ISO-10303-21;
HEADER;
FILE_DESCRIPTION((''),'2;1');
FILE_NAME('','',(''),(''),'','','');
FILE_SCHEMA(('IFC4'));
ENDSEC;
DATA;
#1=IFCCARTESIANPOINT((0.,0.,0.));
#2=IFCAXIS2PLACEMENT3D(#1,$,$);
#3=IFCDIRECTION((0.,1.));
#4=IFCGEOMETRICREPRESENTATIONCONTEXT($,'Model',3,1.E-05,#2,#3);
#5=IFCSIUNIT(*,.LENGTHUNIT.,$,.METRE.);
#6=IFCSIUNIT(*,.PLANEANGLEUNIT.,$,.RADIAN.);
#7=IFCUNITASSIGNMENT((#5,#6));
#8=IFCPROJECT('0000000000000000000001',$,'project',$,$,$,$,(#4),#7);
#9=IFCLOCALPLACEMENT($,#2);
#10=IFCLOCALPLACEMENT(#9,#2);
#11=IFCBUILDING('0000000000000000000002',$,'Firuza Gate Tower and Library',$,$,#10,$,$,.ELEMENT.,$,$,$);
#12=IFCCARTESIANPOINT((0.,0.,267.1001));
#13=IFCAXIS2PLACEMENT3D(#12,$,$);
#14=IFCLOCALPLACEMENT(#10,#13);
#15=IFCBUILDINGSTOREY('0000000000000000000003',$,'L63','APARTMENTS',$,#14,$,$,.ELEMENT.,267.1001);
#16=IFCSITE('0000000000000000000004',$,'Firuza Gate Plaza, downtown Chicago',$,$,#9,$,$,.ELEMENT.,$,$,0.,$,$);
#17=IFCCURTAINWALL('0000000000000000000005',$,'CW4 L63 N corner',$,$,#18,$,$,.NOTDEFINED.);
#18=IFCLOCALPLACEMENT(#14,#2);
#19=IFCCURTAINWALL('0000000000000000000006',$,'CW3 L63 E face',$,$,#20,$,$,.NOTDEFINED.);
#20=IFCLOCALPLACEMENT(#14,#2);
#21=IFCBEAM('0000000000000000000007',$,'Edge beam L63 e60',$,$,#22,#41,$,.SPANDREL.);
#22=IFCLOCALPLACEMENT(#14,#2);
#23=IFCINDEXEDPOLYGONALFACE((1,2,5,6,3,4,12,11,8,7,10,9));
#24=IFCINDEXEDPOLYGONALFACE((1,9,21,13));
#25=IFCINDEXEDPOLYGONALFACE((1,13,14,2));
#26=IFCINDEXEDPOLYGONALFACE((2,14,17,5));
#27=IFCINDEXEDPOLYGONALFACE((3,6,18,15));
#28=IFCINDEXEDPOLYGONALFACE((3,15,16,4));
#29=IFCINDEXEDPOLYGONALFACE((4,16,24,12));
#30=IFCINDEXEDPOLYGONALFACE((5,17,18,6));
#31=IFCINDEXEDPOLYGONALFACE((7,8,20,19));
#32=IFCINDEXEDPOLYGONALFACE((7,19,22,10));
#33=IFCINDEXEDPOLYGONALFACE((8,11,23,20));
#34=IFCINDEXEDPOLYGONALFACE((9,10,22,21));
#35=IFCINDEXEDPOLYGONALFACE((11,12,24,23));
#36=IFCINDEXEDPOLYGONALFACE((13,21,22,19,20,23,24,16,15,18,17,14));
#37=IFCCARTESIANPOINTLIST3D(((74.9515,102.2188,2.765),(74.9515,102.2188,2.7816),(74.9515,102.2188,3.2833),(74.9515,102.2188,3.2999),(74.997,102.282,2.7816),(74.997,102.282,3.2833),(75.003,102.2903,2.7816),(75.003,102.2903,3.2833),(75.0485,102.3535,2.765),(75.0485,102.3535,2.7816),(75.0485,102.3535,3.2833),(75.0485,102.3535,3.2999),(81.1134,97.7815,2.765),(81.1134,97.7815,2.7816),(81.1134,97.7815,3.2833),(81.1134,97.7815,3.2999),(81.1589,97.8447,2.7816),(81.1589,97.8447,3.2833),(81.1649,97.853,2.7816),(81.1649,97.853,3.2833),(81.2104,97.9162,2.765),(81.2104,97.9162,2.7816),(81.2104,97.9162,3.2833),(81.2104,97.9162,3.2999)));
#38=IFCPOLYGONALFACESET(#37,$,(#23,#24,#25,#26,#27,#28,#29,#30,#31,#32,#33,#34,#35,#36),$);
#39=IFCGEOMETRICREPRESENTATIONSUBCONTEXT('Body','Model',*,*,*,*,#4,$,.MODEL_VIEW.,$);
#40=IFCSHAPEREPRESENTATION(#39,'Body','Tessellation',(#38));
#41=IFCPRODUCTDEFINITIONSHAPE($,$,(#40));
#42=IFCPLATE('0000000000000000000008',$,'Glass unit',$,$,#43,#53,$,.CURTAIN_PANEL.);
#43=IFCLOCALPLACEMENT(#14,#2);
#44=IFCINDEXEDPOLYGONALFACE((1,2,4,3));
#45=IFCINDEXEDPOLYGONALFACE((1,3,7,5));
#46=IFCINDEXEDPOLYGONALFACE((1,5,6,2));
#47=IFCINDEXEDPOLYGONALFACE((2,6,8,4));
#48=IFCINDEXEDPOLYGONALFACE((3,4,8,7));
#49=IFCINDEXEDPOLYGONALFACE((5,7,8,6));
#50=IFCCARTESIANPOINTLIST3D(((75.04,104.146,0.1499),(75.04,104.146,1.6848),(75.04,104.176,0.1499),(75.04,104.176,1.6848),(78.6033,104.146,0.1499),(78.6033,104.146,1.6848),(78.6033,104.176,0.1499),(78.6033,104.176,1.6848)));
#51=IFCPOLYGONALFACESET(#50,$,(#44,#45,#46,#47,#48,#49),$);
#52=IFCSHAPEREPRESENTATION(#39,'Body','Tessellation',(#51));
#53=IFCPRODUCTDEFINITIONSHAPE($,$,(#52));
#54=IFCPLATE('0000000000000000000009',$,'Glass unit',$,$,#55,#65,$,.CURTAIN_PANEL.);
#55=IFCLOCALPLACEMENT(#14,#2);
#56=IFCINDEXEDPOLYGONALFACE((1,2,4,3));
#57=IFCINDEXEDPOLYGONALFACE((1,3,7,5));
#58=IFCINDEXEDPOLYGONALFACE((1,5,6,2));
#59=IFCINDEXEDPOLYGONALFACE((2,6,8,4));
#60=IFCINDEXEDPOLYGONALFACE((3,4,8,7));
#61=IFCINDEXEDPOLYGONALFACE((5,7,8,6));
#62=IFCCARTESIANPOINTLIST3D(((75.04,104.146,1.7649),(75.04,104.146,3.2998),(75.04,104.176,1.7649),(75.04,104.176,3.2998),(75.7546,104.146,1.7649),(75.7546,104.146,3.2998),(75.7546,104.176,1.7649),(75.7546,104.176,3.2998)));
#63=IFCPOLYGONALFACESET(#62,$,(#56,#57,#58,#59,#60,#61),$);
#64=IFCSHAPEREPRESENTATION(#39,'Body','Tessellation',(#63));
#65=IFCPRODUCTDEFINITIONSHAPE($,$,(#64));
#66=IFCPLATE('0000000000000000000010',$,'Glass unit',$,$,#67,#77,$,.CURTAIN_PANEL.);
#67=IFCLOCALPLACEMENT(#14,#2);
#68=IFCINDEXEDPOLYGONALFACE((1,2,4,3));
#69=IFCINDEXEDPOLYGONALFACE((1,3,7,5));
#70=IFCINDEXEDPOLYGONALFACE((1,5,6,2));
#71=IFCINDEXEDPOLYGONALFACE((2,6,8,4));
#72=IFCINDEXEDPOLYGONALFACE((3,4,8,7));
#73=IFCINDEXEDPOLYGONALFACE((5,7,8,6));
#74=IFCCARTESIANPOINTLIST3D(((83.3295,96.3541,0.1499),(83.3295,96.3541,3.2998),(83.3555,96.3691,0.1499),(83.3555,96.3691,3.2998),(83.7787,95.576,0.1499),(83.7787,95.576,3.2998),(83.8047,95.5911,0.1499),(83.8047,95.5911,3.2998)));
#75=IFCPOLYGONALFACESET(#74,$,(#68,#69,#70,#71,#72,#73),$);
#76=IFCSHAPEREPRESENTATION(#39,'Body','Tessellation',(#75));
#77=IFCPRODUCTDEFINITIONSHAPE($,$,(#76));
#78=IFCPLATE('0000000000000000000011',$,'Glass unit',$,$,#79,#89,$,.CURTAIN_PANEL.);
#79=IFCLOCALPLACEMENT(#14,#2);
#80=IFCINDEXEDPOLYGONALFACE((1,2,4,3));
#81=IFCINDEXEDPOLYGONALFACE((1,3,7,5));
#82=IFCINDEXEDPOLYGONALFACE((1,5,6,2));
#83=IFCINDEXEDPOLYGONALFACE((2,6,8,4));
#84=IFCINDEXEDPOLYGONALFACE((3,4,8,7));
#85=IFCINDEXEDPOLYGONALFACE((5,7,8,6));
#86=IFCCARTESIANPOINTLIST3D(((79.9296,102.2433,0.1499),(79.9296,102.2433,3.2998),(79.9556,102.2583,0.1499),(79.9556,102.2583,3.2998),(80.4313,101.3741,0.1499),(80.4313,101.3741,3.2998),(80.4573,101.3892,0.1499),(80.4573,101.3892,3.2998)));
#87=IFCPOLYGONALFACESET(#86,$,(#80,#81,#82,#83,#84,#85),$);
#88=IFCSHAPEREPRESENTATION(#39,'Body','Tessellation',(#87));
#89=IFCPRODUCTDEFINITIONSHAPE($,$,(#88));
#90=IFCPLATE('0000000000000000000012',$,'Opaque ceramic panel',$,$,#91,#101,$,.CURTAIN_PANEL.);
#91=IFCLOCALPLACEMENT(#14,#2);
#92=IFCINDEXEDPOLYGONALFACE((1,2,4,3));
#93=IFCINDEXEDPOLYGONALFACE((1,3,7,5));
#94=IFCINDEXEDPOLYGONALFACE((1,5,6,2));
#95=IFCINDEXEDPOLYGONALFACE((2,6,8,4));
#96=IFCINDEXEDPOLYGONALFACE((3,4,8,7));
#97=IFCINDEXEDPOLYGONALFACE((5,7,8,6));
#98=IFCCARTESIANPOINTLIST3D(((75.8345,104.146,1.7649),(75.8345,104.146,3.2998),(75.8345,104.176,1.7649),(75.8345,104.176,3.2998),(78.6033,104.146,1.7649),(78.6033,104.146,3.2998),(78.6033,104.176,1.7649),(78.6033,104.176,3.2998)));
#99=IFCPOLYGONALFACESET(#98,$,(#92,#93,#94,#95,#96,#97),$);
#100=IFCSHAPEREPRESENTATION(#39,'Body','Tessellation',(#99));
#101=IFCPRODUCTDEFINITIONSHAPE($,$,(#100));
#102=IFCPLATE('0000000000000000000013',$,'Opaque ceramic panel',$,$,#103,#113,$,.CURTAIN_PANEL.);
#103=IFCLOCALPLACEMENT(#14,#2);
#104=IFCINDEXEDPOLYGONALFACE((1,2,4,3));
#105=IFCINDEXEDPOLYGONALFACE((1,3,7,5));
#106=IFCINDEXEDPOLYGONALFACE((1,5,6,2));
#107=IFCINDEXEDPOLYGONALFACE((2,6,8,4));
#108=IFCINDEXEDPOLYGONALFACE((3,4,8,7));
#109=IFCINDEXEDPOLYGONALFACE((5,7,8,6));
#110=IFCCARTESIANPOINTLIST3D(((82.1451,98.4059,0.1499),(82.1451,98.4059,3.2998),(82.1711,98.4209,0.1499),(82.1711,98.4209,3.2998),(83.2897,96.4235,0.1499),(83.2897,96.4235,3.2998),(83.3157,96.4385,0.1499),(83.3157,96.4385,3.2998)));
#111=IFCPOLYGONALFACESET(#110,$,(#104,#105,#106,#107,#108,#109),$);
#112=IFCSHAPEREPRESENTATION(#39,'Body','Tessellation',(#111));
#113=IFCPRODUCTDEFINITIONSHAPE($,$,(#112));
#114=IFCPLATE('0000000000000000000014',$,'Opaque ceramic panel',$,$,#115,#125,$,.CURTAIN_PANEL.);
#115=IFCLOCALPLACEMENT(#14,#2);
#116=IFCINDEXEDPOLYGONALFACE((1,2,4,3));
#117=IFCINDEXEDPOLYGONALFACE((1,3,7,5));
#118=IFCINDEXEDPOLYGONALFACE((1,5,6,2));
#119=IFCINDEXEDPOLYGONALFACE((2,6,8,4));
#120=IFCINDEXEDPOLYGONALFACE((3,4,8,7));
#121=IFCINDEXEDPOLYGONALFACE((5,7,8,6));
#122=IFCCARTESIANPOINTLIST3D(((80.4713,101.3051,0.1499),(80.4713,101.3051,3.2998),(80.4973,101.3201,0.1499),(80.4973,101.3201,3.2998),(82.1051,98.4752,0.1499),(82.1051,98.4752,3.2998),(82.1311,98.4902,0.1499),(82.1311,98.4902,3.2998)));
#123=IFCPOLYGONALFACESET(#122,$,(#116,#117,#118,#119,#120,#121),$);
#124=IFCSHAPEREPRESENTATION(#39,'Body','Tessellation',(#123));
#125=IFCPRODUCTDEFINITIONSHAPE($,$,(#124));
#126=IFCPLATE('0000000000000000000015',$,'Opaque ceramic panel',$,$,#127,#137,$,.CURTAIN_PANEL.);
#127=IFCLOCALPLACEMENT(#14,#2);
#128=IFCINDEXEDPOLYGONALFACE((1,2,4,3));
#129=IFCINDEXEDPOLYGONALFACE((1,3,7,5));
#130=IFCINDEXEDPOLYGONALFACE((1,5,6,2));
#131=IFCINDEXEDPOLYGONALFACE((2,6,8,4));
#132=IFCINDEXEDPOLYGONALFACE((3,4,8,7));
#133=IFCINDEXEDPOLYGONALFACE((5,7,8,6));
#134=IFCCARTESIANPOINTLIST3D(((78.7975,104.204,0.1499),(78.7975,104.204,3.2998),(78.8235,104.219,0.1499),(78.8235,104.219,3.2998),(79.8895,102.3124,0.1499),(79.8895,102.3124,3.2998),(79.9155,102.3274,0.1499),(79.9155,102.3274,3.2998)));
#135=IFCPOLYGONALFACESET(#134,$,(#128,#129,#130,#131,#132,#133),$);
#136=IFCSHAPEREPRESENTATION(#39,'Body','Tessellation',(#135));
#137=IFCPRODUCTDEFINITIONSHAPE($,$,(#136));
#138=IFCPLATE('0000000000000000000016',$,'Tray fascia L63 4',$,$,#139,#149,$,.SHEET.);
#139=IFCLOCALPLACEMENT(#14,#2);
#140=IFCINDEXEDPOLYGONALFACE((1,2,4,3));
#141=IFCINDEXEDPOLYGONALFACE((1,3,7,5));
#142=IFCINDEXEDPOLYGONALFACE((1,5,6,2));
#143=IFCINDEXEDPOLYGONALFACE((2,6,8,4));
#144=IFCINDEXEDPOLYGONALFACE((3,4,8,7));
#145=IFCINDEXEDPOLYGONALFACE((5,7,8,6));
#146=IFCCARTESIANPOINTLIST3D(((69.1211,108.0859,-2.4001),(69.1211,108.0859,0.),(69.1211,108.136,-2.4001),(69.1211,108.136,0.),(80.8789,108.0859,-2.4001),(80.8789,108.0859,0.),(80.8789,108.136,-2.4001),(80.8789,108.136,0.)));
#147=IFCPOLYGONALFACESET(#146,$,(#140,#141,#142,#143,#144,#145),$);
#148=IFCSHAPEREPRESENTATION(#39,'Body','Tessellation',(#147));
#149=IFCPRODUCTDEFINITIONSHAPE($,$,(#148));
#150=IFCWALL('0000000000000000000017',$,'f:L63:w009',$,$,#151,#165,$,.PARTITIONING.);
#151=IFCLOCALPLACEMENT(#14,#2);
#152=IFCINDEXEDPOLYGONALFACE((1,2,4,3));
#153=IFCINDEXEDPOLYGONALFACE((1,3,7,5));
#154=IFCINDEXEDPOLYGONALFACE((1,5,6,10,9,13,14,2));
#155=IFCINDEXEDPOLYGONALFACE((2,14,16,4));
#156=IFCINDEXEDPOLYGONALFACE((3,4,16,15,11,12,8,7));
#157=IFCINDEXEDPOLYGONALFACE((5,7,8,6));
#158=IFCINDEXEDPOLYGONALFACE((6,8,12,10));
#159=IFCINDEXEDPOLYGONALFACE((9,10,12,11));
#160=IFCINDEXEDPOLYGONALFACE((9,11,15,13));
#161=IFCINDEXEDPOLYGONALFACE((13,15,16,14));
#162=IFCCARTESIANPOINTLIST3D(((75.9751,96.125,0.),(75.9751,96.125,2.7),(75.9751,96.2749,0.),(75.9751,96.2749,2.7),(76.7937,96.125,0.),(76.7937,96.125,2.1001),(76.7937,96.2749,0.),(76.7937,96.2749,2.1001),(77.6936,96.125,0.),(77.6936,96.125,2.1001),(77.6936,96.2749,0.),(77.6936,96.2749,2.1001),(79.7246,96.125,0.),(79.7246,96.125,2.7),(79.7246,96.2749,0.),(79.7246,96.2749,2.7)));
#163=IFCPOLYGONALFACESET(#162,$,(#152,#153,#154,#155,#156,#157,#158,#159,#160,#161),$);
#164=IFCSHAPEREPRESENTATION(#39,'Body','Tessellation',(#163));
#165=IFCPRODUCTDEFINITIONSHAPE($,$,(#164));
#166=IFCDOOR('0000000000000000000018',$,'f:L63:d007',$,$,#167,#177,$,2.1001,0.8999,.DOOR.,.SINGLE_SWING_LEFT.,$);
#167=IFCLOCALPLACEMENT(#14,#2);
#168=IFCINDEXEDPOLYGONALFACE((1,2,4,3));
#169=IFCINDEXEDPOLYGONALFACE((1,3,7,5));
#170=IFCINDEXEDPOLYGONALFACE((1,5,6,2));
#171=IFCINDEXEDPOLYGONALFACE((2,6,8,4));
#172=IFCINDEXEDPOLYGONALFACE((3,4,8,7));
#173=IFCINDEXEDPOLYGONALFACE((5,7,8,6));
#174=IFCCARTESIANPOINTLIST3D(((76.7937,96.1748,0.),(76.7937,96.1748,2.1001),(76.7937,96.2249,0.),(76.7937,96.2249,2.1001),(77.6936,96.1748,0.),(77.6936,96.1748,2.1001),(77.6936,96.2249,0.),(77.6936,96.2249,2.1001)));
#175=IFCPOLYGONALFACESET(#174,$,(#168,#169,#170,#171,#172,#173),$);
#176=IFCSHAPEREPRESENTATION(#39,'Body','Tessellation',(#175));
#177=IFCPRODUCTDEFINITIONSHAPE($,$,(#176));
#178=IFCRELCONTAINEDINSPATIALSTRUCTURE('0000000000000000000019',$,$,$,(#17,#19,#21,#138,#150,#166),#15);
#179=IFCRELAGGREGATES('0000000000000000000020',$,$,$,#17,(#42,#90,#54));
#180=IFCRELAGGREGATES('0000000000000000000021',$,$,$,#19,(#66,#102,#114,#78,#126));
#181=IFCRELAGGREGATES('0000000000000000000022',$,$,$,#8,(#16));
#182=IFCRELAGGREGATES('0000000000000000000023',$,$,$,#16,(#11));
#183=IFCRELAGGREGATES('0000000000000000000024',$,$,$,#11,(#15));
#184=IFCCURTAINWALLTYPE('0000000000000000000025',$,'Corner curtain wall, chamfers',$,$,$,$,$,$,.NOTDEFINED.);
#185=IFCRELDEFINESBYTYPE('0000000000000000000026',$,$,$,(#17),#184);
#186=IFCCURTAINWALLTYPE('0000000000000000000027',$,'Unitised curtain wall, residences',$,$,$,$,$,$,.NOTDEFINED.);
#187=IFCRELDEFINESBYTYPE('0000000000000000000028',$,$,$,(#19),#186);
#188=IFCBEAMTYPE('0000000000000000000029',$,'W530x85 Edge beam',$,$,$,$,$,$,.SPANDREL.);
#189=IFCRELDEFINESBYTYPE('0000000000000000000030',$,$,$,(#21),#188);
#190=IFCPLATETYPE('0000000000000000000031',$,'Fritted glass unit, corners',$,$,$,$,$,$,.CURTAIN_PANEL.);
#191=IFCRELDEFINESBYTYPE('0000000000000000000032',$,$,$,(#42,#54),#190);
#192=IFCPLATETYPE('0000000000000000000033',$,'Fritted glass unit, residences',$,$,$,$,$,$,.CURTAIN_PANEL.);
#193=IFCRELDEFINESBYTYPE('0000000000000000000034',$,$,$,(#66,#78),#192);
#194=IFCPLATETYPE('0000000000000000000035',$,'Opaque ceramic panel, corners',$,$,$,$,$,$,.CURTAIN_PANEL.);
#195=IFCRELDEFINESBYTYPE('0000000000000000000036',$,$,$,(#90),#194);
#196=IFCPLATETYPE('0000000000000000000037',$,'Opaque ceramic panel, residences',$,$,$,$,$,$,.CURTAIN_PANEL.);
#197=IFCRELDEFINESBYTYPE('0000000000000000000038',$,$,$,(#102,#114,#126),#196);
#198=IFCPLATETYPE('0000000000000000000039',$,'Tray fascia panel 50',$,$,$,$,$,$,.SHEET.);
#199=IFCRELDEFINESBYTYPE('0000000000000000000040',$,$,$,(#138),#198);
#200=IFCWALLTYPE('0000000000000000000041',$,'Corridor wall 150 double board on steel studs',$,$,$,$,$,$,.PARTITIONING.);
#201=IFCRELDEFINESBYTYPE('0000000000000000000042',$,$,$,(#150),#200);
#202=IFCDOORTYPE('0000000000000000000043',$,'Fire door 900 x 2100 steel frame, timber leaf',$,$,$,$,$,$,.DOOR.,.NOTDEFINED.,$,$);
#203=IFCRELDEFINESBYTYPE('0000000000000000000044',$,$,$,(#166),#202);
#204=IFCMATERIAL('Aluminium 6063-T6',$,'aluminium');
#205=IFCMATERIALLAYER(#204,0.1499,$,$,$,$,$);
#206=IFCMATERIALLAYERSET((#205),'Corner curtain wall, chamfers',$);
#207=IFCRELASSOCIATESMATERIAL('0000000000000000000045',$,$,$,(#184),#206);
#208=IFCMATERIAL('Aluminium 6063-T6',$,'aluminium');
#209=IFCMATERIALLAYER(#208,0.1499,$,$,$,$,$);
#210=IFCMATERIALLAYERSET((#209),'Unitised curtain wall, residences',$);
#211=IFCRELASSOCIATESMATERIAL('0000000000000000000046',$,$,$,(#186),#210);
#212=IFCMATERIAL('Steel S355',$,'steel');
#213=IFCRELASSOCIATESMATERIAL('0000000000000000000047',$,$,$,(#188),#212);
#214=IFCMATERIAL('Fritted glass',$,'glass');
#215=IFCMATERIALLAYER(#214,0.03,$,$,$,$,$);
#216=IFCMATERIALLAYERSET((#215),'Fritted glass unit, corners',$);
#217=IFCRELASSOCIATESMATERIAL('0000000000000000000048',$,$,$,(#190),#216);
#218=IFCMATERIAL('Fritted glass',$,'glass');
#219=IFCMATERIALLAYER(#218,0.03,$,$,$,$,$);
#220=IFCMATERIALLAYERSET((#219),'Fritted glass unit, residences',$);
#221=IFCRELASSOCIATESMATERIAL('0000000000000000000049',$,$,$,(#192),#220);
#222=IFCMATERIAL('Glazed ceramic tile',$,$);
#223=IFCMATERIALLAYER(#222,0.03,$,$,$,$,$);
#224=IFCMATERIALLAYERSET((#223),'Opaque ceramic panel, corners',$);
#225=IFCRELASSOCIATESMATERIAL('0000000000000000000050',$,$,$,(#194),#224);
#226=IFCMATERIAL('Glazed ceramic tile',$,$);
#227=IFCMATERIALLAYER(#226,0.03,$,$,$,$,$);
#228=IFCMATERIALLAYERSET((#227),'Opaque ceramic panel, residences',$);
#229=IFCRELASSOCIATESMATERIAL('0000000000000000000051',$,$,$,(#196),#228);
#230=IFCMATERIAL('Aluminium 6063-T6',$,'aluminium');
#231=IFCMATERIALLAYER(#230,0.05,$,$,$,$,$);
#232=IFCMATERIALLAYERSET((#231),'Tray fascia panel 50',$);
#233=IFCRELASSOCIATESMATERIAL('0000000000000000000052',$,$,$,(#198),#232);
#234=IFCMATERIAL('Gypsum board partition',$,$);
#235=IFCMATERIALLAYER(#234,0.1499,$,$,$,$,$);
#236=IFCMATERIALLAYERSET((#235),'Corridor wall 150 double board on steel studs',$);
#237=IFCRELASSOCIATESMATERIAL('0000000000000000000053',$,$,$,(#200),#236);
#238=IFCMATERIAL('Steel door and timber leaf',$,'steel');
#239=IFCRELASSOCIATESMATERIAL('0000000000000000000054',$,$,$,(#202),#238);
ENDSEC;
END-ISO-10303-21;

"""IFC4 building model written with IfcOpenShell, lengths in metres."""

from ifc_helpers import new_model, si_unit, direction, frame, frame_2d, origin, origin_2d, place, context, subcontext, project, spatial, polyline, rectangle, i_section, outline, extrude, material, layer, layer_set, material_profile, profile_set, type_object, element, fill, aggregate, save


model = new_model("IFC4")

# Units and contexts
model_context = context("Model", 3, precision=1e-05, world=origin(), true_north=direction((0.0, 1.0)))
body_context = subcontext(model_context, "Body", "Model", "MODEL_VIEW")
ifc_project = project(units=[si_unit("LENGTHUNIT", "METRE"), si_unit("PLANEANGLEUNIT", "RADIAN")], contexts=[model_context])

# Site, building, storey
site_placement = place(None, origin())
site = spatial("IfcSite", under=ifc_project, at=site_placement, Name="Firuza Gate Plaza, downtown Chicago", CompositionType="ELEMENT", RefElevation=0.0)
building_placement = place(site_placement, origin())
building = spatial("IfcBuilding", under=site, at=building_placement, Name="Firuza Gate Tower and Library", CompositionType="ELEMENT")
storey_placement = place(building_placement, frame((0.0, 0.0, 267.1001)))
storey = spatial("IfcBuildingStorey", under=building, at=storey_placement, Name="L63", Description="APARTMENTS", CompositionType="ELEMENT", Elevation=267.1001)

# Curtain walls
ifc_material_1 = material(Name="Aluminium 6063-T6", Category="aluminium")
ifc_layer_1 = layer(ifc_material_1, 0.1499)
ifc_layer_set_1 = layer_set([ifc_layer_1], Name="Corner curtain wall, chamfers")
curtain_wall_type_1 = type_object("IfcCurtainWallType", Name="Corner curtain wall, chamfers", PredefinedType="NOTDEFINED", material=ifc_layer_set_1)
placement = place(storey_placement, origin())
curtain_wall_1 = element("IfcCurtainWall", 1, at=placement, inside=storey, type_object=curtain_wall_type_1, Name="CW4 L63 N corner", PredefinedType="NOTDEFINED")
ifc_material_2 = material(Name="Aluminium 6063-T6", Category="aluminium")
ifc_layer_2 = layer(ifc_material_2, 0.1499)
ifc_layer_set_2 = layer_set([ifc_layer_2], Name="Unitised curtain wall, residences")
curtain_wall_type_2 = type_object("IfcCurtainWallType", Name="Unitised curtain wall, residences", PredefinedType="NOTDEFINED", material=ifc_layer_set_2)
curtain_wall_2 = element("IfcCurtainWall", 2, at=placement, inside=storey, type_object=curtain_wall_type_2, Name="CW3 L63 E face", PredefinedType="NOTDEFINED")

# Beam
ifc_material_3 = material(Name="Steel S355", Category="steel")
ifc_material_profile_1 = material_profile(ifc_material_3, i_section(OverallWidth=0.166, OverallDepth=0.5349, WebThickness=0.0103, FlangeThickness=0.0166, at=origin_2d()))
ifc_profile_set_1 = profile_set([ifc_material_profile_1], Name="Steel S355")
beam_type_1 = type_object("IfcBeamType", Name="W530x85 Edge beam", PredefinedType="SPANDREL", material=ifc_profile_set_1)
beam_1_placement = place(storey_placement, frame((81.1619, 97.8489, 3.0325), z_axis=(-0.81149, 0.584367, 0.0), x_axis=(-0.584367, -0.81149, 0.0)))
element("IfcBeam", 3, at=beam_1_placement, inside=storey, type_object=beam_type_1, Name="Edge beam L63 e60", PredefinedType="SPANDREL", context=body_context, shape_type="SweptSolid", body=[
    extrude(i_section(OverallWidth=0.166, OverallDepth=0.5349, WebThickness=0.0103, FlangeThickness=0.0166, at=origin_2d()), origin(), (0.0, 0.0, 1.0), 7.5933),
])

# Plates
ifc_material_4 = material(Name="Fritted glass", Category="glass")
ifc_layer_3 = layer(ifc_material_4, 0.03)
ifc_layer_set_3 = layer_set([ifc_layer_3], Name="Fritted glass unit, corners")
plate_type_1 = type_object("IfcPlateType", Name="Fritted glass unit, corners", PredefinedType="CURTAIN_PANEL", material=ifc_layer_set_3)
plate_1_placement = place(storey_placement, frame((78.6033, 104.176, 0.1499), z_axis=(0.0, 1.0, 0.0), x_axis=(-1.0, 0.0, 0.0)))
plate_1 = element("IfcPlate", 4, at=plate_1_placement, type_object=plate_type_1, Name="Glass unit", PredefinedType="CURTAIN_PANEL", context=body_context, shape_type="SweptSolid", body=[
    extrude(outline(polyline([(0.0, 0.0), (3.5632, 0.0), (3.5632, 1.5349), (0.0, 1.5349), (0.0, 0.0)])), origin(), (0.0, 0.0, -1.0), 0.03),
])
plate_2_placement = place(storey_placement, frame((75.7546, 104.176, 1.7649), z_axis=(0.0, 1.0, 0.0), x_axis=(-1.0, 0.0, 0.0)))
plate_2 = element("IfcPlate", 5, at=plate_2_placement, type_object=plate_type_1, Name="Glass unit", PredefinedType="CURTAIN_PANEL", context=body_context, shape_type="SweptSolid", body=[
    extrude(outline(polyline([(0.0, 0.0), (0.7146, 0.0), (0.7146, 1.5349), (0.0, 1.5349), (0.0, 0.0)])), origin(), (0.0, 0.0, -1.0), 0.03),
])
ifc_material_5 = material(Name="Fritted glass", Category="glass")
ifc_layer_4 = layer(ifc_material_5, 0.03)
ifc_layer_set_4 = layer_set([ifc_layer_4], Name="Fritted glass unit, residences")
plate_type_2 = type_object("IfcPlateType", Name="Fritted glass unit, residences", PredefinedType="CURTAIN_PANEL", material=ifc_layer_set_4)
plate_3_placement = place(storey_placement, frame((83.8047, 95.5911, 0.1499), z_axis=(0.866027, 0.499997, 0.0), x_axis=(-0.499997, 0.866027, 0.0)))
plate_3 = element("IfcPlate", 6, at=plate_3_placement, type_object=plate_type_2, Name="Glass unit", PredefinedType="CURTAIN_PANEL", context=body_context, shape_type="SweptSolid", body=[
    extrude(outline(polyline([(0.0, 0.0), (0.8984, 0.0), (0.8984, 3.1499), (0.0, 3.1499), (0.0, 0.0)])), origin(), (0.0, 0.0, -1.0), 0.03),
])
plate_4_placement = place(storey_placement, frame((80.4573, 101.3892, 0.1499), z_axis=(0.866064, 0.499933, 0.0), x_axis=(-0.499933, 0.866064, 0.0)))
plate_4 = element("IfcPlate", 7, at=plate_4_placement, type_object=plate_type_2, Name="Glass unit", PredefinedType="CURTAIN_PANEL", context=body_context, shape_type="SweptSolid", body=[
    extrude(outline(polyline([(0.0, 0.0), (1.0036, 0.0), (1.0036, 3.1499), (0.0, 3.1499), (0.0, 0.0)])), origin(), (0.0, 0.0, -1.0), 0.03),
])
ifc_material_6 = material(Name="Glazed ceramic tile")
ifc_layer_5 = layer(ifc_material_6, 0.03)
ifc_layer_set_5 = layer_set([ifc_layer_5], Name="Opaque ceramic panel, corners")
plate_type_3 = type_object("IfcPlateType", Name="Opaque ceramic panel, corners", PredefinedType="CURTAIN_PANEL", material=ifc_layer_set_5)
plate_5_placement = place(storey_placement, frame((78.6033, 104.176, 1.7649), z_axis=(0.0, 1.0, 0.0), x_axis=(-1.0, 0.0, 0.0)))
plate_5 = element("IfcPlate", 8, at=plate_5_placement, type_object=plate_type_3, Name="Opaque ceramic panel", PredefinedType="CURTAIN_PANEL", context=body_context, shape_type="SweptSolid", body=[
    extrude(outline(polyline([(0.0, 0.0), (2.7688, 0.0), (2.7688, 1.5349), (0.0, 1.5349), (0.0, 0.0)])), origin(), (0.0, 0.0, -1.0), 0.03),
])
aggregate(curtain_wall_1, [plate_1, plate_5, plate_2])
ifc_material_7 = material(Name="Glazed ceramic tile")
ifc_layer_6 = layer(ifc_material_7, 0.03)
ifc_layer_set_6 = layer_set([ifc_layer_6], Name="Opaque ceramic panel, residences")
plate_type_4 = type_object("IfcPlateType", Name="Opaque ceramic panel, residences", PredefinedType="CURTAIN_PANEL", material=ifc_layer_set_6)
plate_6_placement = place(storey_placement, frame((83.3157, 96.4385, 0.1499), z_axis=(0.866029, 0.499993, 0.0), x_axis=(-0.499993, 0.866029, 0.0)))
plate_6 = element("IfcPlate", 9, at=plate_6_placement, type_object=plate_type_4, Name="Opaque ceramic panel", PredefinedType="CURTAIN_PANEL", context=body_context, shape_type="SweptSolid", body=[
    extrude(outline(polyline([(0.0, 0.0), (2.2891, 0.0), (2.2891, 3.1499), (0.0, 3.1499), (0.0, 0.0)])), origin(), (0.0, 0.0, -1.0), 0.03),
])
plate_7_placement = place(storey_placement, frame((82.1311, 98.4902, 0.1499), z_axis=(0.866028, 0.499996, 0.0), x_axis=(-0.499996, 0.866028, 0.0)))
plate_7 = element("IfcPlate", 10, at=plate_7_placement, type_object=plate_type_4, Name="Opaque ceramic panel", PredefinedType="CURTAIN_PANEL", context=body_context, shape_type="SweptSolid", body=[
    extrude(outline(polyline([(0.0, 0.0), (3.2676, 0.0), (3.2676, 3.1499), (0.0, 3.1499), (0.0, 0.0)])), origin(), (0.0, 0.0, -1.0), 0.03),
])
plate_8_placement = place(storey_placement, frame((79.9155, 102.3274, 0.1499), z_axis=(0.86604, 0.499974, 0.0), x_axis=(-0.499974, 0.86604, 0.0)))
plate_8 = element("IfcPlate", 11, at=plate_8_placement, type_object=plate_type_4, Name="Opaque ceramic panel", PredefinedType="CURTAIN_PANEL", context=body_context, shape_type="SweptSolid", body=[
    extrude(outline(polyline([(0.0, 0.0), (2.1842, 0.0), (2.1842, 3.1499), (0.0, 3.1499), (0.0, 0.0)])), origin(), (0.0, 0.0, -1.0), 0.03),
])
aggregate(curtain_wall_2, [plate_3, plate_6, plate_7, plate_4, plate_8])
ifc_material_8 = material(Name="Aluminium 6063-T6", Category="aluminium")
ifc_layer_7 = layer(ifc_material_8, 0.05)
ifc_layer_set_7 = layer_set([ifc_layer_7], Name="Tray fascia panel 50")
plate_type_5 = type_object("IfcPlateType", Name="Tray fascia panel 50", PredefinedType="SHEET", material=ifc_layer_set_7)
plate_9_placement = place(storey_placement, frame((80.8789, 108.136, -2.4001), z_axis=(0.0, 1.0, 0.0), x_axis=(-1.0, 0.0, 0.0)))
element("IfcPlate", 12, at=plate_9_placement, inside=storey, type_object=plate_type_5, Name="Tray fascia L63 4", PredefinedType="SHEET", context=body_context, shape_type="SweptSolid", body=[
    extrude(outline(polyline([(0.0, 0.0), (11.7578, 0.0), (11.7578, 2.4001), (0.0, 2.4001), (0.0, 0.0)])), origin(), (0.0, 0.0, -1.0), 0.05),
])

# Wall, opening, door
ifc_material_9 = material(Name="Gypsum board partition")
ifc_layer_8 = layer(ifc_material_9, 0.1499)
ifc_layer_set_8 = layer_set([ifc_layer_8], Name="Corridor wall 150 double board on steel studs")
wall_type_1 = type_object("IfcWallType", Name="Corridor wall 150 double board on steel studs", PredefinedType="PARTITIONING", material=ifc_layer_set_8)
wall_1_placement = place(storey_placement, frame((75.9751, 96.2, 0.0), z_axis=(0.0, 0.0, 1.0), x_axis=(1.0, 0.0, 0.0)))
wall_1 = element("IfcWall", 13, at=wall_1_placement, inside=storey, type_object=wall_type_1, Name="f:L63:w009", PredefinedType="PARTITIONING", context=body_context, shape_type="SweptSolid", body=[
    extrude(rectangle(XDim=3.7495, YDim=0.1499, at=frame_2d((1.8748, 0.0))), origin(), (0.0, 0.0, 1.0), 2.7),
])
opening_1_placement = place(wall_1_placement, frame((0.8186, 0.0, 0.0)))
opening_1 = element("IfcOpeningElement", 14, at=opening_1_placement, cuts=wall_1, PredefinedType="OPENING", context=body_context, shape_type="SweptSolid", body=[
    extrude(rectangle(XDim=0.8999, YDim=2.1001, at=frame_2d((0.45, 1.05))), frame((0.0, 0.085, 0.0), z_axis=(0.0, -1.0, 0.0), x_axis=(1.0, 0.0, 0.0)), (0.0, 0.0, 1.0), 0.1699),
])
ifc_material_10 = material(Name="Steel door and timber leaf", Category="steel")
door_type = type_object("IfcDoorType", Name="Fire door 900 x 2100 steel frame, timber leaf", OperationType="NOTDEFINED", PredefinedType="DOOR", material=ifc_material_10)
door_1_placement = place(opening_1_placement, origin())
door_1 = element("IfcDoor", 15, at=door_1_placement, inside=storey, type_object=door_type, Name="f:L63:d007", OperationType="SINGLE_SWING_LEFT", OverallHeight=2.1001, OverallWidth=0.8999, PredefinedType="DOOR", context=body_context, shape_type="SweptSolid", body=[
    extrude(rectangle(XDim=0.8999, YDim=2.1001, at=frame_2d((0.45, 1.05))), frame((0.0, 0.0249, 0.0), z_axis=(0.0, -1.0, 0.0), x_axis=(1.0, 0.0, 0.0)), (0.0, 0.0, 1.0), 0.05),
])
fill(opening_1, door_1)

save(model, "model.ifc")
